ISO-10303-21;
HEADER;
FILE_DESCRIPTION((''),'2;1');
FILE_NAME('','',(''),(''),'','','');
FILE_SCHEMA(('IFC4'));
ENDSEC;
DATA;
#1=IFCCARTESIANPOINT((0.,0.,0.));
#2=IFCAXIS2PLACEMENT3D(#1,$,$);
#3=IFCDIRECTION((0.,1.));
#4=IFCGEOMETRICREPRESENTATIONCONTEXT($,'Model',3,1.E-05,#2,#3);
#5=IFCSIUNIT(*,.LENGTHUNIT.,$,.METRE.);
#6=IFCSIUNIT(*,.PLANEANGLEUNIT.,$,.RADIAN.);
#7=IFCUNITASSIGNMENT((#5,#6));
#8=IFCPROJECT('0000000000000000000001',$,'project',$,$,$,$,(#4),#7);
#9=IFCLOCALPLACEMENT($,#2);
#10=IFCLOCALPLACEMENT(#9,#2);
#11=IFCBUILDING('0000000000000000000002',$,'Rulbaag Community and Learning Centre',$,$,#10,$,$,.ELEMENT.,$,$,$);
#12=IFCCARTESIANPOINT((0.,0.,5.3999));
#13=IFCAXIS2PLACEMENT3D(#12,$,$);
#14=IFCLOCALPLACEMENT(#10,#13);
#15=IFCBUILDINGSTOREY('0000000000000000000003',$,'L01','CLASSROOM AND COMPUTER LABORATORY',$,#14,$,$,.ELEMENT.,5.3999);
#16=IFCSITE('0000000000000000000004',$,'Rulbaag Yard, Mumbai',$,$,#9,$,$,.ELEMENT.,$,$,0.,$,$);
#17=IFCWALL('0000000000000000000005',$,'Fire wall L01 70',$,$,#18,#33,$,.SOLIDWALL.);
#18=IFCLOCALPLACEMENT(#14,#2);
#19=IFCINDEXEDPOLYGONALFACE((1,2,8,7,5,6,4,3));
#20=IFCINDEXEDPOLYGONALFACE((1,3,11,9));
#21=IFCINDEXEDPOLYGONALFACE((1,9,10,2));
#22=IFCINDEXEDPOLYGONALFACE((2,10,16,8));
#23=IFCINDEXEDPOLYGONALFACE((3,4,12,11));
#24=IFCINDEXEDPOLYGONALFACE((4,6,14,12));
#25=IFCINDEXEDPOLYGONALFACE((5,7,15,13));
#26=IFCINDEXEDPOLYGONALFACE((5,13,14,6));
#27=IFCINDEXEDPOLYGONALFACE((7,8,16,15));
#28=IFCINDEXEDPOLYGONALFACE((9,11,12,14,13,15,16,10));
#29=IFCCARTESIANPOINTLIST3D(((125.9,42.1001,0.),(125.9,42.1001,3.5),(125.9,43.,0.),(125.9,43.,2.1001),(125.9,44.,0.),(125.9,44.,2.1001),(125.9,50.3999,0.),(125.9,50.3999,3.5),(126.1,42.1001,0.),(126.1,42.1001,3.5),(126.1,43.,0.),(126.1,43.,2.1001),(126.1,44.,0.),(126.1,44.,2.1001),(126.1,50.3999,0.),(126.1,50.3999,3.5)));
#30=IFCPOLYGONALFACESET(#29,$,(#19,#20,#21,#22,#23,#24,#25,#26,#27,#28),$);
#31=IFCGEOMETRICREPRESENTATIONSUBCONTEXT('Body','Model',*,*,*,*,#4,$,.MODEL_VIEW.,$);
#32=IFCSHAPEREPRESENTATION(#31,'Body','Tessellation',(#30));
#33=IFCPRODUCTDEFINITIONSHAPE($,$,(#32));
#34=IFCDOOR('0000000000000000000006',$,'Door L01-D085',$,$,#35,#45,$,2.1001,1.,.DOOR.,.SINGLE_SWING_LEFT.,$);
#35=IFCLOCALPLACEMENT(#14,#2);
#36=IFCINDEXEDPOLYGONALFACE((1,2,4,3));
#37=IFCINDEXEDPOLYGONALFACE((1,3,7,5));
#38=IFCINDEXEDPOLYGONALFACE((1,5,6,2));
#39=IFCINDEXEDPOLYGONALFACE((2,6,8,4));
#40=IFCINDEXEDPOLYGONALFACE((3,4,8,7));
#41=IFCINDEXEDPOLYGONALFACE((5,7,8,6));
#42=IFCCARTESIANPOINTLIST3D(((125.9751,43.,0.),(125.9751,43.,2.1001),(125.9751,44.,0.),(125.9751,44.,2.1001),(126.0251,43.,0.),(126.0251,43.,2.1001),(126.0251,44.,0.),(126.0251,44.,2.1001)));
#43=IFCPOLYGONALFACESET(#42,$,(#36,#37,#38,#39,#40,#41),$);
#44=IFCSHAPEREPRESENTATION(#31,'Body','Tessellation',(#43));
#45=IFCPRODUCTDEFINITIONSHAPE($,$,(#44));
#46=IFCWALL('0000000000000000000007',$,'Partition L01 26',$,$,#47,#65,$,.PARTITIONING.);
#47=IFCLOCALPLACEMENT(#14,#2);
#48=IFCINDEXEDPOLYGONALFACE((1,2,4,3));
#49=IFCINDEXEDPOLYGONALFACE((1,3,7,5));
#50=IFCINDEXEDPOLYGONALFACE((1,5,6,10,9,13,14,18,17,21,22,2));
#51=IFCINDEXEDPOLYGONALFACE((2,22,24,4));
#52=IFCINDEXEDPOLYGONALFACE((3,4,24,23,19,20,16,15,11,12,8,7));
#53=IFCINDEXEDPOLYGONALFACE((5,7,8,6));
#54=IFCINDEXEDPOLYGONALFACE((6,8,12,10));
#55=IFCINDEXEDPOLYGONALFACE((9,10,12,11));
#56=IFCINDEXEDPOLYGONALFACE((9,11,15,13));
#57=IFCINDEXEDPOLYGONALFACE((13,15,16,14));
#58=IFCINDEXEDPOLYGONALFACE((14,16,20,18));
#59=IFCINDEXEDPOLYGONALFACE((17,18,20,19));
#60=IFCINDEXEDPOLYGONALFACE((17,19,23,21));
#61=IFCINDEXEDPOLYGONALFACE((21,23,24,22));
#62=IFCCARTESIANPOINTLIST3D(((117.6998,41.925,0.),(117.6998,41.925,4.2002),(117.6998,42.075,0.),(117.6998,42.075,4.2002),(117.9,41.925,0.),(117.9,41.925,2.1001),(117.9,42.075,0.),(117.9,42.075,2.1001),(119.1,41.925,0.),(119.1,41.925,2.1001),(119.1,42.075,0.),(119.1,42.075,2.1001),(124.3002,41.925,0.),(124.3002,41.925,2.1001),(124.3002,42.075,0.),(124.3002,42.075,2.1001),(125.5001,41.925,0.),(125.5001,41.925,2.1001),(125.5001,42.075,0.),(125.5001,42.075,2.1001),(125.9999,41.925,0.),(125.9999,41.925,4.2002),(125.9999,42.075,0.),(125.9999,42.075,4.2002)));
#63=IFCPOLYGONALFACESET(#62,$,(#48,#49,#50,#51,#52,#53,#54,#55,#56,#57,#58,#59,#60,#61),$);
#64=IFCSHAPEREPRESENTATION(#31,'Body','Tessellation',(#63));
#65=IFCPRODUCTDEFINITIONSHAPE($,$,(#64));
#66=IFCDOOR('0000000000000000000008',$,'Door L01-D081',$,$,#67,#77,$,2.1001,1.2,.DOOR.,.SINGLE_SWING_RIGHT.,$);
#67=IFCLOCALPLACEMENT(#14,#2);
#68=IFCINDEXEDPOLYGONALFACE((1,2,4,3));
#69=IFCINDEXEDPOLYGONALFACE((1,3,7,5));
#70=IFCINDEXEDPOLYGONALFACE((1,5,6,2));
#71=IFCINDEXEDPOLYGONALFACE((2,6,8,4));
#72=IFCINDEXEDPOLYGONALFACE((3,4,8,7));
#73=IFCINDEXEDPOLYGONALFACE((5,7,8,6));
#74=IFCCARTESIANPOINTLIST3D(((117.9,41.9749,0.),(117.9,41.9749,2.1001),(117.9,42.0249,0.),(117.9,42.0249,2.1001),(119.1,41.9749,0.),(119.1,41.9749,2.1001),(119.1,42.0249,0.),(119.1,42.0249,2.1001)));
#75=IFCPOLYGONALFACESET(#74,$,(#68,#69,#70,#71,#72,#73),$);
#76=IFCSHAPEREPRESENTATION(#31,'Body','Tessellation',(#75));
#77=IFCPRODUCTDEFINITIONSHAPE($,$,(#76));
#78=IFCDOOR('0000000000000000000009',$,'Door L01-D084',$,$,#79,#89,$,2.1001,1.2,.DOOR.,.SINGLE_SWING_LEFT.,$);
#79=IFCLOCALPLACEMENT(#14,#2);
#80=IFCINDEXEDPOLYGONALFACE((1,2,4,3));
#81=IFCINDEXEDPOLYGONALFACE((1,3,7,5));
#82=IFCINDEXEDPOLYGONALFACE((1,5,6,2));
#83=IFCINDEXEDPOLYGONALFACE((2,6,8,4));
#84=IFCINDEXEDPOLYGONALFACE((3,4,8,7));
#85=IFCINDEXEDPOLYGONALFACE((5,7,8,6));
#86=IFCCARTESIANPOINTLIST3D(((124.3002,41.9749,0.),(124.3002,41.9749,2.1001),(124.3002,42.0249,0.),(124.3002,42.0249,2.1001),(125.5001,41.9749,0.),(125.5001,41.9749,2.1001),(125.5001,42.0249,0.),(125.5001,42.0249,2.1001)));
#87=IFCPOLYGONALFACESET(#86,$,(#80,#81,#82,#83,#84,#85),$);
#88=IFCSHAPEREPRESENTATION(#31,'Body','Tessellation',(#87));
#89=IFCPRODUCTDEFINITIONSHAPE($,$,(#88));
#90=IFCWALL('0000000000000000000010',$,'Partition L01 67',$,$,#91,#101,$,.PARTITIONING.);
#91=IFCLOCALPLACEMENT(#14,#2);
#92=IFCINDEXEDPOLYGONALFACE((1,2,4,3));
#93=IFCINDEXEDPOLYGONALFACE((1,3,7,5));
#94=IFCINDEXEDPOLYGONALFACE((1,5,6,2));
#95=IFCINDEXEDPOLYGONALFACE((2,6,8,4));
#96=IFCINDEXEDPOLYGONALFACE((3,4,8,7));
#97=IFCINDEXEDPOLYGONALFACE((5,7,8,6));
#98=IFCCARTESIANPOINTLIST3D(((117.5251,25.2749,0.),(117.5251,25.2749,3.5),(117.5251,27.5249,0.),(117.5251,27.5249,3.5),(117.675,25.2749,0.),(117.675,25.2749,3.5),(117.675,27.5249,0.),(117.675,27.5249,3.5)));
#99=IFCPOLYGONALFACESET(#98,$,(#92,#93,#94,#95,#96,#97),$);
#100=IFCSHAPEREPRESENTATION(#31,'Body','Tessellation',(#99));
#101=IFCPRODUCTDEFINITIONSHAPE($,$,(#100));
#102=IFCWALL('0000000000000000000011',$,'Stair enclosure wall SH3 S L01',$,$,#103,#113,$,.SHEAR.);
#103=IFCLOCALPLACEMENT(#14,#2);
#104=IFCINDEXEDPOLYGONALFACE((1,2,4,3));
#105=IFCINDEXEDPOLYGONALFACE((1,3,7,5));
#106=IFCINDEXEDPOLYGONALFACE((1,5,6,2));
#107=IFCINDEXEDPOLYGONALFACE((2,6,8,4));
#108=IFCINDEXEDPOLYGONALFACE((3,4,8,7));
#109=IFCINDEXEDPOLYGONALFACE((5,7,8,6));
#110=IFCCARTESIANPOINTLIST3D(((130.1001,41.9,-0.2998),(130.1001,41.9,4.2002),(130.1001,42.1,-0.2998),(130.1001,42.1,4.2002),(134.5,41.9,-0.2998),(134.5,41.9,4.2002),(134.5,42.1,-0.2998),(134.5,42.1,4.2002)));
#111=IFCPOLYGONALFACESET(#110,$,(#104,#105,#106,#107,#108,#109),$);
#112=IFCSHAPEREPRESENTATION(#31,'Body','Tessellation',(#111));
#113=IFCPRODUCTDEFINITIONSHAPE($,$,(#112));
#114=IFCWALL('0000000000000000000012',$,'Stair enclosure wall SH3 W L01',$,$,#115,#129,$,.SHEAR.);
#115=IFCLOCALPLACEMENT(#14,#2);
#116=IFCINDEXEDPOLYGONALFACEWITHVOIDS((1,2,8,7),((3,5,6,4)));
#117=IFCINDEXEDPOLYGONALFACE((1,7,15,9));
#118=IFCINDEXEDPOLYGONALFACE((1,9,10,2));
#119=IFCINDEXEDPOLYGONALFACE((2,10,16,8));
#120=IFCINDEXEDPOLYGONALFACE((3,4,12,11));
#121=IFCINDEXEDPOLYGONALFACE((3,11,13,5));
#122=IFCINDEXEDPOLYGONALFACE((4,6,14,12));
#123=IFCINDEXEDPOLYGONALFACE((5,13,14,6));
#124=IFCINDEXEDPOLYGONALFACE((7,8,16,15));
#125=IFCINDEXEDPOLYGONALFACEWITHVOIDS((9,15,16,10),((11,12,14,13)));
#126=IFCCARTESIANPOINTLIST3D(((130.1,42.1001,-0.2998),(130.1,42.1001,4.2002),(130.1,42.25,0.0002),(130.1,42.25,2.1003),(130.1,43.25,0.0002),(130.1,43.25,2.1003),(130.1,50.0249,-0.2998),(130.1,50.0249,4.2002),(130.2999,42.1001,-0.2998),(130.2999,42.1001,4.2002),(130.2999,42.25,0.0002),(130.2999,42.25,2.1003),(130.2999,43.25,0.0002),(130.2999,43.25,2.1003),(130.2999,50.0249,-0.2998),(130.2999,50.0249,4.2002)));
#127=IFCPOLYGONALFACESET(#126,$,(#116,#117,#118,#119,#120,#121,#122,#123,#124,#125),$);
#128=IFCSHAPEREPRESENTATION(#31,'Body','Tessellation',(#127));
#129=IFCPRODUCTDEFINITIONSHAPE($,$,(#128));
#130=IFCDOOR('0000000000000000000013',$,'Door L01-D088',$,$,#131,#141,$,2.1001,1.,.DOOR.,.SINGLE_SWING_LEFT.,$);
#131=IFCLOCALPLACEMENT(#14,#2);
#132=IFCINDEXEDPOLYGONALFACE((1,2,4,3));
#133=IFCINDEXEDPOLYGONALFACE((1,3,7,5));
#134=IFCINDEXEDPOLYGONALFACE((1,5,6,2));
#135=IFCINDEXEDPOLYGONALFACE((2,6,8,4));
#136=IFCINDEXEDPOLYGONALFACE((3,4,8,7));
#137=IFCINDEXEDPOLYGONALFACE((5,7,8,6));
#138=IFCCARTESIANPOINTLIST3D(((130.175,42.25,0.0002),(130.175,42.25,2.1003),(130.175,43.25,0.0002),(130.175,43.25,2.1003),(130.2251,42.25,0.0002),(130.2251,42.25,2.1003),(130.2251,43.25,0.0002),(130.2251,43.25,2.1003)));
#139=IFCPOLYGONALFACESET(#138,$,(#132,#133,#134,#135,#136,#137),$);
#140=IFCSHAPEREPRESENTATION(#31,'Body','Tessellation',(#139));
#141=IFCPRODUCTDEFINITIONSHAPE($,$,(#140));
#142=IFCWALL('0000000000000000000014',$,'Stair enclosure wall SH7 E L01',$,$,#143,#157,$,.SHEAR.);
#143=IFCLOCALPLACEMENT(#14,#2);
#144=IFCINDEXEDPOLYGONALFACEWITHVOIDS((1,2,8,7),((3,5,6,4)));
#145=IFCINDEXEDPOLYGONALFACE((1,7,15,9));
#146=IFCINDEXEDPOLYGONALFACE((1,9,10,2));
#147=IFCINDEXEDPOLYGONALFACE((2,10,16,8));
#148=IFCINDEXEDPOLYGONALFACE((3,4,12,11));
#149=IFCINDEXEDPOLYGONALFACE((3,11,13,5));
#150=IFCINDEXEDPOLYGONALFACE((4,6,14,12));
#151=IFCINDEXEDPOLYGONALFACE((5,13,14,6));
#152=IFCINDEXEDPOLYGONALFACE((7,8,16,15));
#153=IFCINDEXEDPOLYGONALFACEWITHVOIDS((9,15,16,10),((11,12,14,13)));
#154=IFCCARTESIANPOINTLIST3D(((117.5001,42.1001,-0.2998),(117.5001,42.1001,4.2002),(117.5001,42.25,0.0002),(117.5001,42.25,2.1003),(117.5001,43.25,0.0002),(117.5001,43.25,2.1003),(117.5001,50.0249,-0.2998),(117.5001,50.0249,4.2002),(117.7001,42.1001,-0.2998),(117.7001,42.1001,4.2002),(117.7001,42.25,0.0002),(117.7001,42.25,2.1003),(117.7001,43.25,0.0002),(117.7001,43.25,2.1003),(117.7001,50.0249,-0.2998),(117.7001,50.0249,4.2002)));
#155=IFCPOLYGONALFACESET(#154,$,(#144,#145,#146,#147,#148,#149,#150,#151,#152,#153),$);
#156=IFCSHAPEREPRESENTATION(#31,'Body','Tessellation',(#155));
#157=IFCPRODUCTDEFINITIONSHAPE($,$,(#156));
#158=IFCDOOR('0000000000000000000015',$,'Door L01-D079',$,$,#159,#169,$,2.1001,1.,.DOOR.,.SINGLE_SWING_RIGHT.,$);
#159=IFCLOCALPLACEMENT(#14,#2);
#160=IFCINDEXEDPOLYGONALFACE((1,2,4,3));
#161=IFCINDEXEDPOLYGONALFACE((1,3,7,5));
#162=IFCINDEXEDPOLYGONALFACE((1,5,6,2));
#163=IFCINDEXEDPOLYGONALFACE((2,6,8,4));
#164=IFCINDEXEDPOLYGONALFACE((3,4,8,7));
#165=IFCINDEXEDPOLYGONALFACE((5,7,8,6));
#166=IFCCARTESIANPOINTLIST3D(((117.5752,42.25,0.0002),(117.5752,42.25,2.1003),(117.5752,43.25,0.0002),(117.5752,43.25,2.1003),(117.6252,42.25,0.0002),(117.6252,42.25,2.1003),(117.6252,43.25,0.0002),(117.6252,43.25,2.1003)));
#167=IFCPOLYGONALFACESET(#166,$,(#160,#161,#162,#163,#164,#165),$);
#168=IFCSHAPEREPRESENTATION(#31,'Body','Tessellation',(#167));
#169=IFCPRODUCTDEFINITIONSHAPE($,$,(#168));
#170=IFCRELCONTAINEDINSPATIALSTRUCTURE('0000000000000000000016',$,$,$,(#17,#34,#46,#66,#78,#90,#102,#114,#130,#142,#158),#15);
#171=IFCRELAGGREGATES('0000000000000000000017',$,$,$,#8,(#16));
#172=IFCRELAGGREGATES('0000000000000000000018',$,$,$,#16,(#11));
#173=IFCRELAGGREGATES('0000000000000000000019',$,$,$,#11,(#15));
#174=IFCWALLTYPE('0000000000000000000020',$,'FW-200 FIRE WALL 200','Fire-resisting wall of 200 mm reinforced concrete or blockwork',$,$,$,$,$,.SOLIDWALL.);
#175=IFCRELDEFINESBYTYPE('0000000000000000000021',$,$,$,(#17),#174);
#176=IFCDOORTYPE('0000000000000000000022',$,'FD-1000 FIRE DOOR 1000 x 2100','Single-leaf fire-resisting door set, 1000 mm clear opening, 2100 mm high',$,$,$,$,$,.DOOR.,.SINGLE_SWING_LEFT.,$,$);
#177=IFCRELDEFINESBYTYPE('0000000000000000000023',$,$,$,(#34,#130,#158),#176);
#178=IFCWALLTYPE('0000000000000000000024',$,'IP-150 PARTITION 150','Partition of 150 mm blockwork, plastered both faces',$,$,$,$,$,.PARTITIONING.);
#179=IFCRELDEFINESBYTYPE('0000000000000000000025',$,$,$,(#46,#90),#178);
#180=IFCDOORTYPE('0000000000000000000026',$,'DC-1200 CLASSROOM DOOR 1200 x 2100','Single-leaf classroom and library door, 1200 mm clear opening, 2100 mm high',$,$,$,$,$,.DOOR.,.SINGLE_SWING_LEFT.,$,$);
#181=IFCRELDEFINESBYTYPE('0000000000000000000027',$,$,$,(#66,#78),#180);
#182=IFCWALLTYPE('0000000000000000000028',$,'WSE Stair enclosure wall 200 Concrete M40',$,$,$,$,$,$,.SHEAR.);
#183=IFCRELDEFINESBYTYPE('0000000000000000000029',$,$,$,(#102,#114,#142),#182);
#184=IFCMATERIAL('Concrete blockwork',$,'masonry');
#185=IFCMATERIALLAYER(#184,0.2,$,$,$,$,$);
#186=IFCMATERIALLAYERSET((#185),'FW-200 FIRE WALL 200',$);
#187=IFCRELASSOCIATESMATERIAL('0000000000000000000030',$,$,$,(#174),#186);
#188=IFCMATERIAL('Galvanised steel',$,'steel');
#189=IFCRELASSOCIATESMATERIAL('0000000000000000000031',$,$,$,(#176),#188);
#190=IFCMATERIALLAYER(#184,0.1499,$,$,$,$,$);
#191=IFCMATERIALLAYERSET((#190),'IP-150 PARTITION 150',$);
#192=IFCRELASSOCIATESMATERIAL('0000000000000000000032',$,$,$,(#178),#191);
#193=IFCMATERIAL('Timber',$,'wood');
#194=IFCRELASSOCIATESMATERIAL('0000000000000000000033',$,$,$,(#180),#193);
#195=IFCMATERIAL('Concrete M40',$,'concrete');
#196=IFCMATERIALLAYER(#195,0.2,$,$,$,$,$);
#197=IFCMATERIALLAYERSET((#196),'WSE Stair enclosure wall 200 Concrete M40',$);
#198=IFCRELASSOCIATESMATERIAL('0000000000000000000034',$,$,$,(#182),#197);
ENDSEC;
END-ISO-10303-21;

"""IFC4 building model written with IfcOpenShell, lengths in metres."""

from ifc_helpers import new_model, si_unit, direction, frame, frame_2d, origin, place, context, subcontext, project, spatial, rectangle, extrude, material, layer, layer_set, type_object, element, fill, save


model = new_model("IFC4")

# Units and contexts
model_context = context("Model", 3, precision=1e-05, world=origin(), true_north=direction((0.0, 1.0)))
body_context = subcontext(model_context, "Body", "Model", "MODEL_VIEW")
ifc_project = project(units=[si_unit("LENGTHUNIT", "METRE"), si_unit("PLANEANGLEUNIT", "RADIAN")], contexts=[model_context])

# Site, building, storey
site_placement = place(None, origin())
site = spatial("IfcSite", under=ifc_project, at=site_placement, Name="Rulbaag Yard, Mumbai", CompositionType="ELEMENT", RefElevation=0.0)
building_placement = place(site_placement, origin())
building = spatial("IfcBuilding", under=site, at=building_placement, Name="Rulbaag Community and Learning Centre", CompositionType="ELEMENT")
storey_placement = place(building_placement, frame((0.0, 0.0, 5.3999)))
storey = spatial("IfcBuildingStorey", under=building, at=storey_placement, Name="L01", Description="CLASSROOM AND COMPUTER LABORATORY", CompositionType="ELEMENT", Elevation=5.3999)

# Shared definitions
ifc_material_1 = material(Name="Concrete M40", Category="concrete")

# Shared definitions
ifc_material_2 = material(Name="Concrete blockwork", Category="masonry")
ifc_layer_1 = layer(ifc_material_2, 0.2)
ifc_layer_set_1 = layer_set([ifc_layer_1], Name="FW-200 FIRE WALL 200")
wall_type_1 = type_object("IfcWallType", Name="FW-200 FIRE WALL 200", Description="Fire-resisting wall of 200 mm reinforced concrete or blockwork", PredefinedType="SOLIDWALL", material=ifc_layer_set_1)

# Wall, opening, door
wall_1_placement = place(storey_placement, frame((126.0, 42.1001, 0.0), z_axis=(0.0, 0.0, 1.0), x_axis=(0.0, 1.0, 0.0)))
wall_1 = element("IfcWall", 1, at=wall_1_placement, inside=storey, type_object=wall_type_1, Name="Fire wall L01 70", PredefinedType="SOLIDWALL", context=body_context, shape_type="SweptSolid", body=[
    extrude(rectangle(XDim=8.2998, YDim=0.2, at=frame_2d((4.1499, 0.0))), origin(), (0.0, 0.0, 1.0), 3.5),
])
opening_1_placement = place(wall_1_placement, frame((0.8999, 0.0, 0.0)))
opening_1 = element("IfcOpeningElement", 2, at=opening_1_placement, cuts=wall_1, PredefinedType="OPENING", context=body_context, shape_type="SweptSolid", body=[
    extrude(rectangle(XDim=1.0, YDim=2.1001, at=frame_2d((0.5, 1.05))), frame((0.0, 0.1099, 0.0), z_axis=(0.0, -1.0, 0.0), x_axis=(1.0, 0.0, 0.0)), (0.0, 0.0, 1.0), 0.22),
])
ifc_material_3 = material(Name="Galvanised steel", Category="steel")
door_type_1 = type_object("IfcDoorType", Name="FD-1000 FIRE DOOR 1000 x 2100", Description="Single-leaf fire-resisting door set, 1000 mm clear opening, 2100 mm high", OperationType="SINGLE_SWING_LEFT", PredefinedType="DOOR", material=ifc_material_3)
door_1_placement = place(opening_1_placement, origin())
door_1 = element("IfcDoor", 3, at=door_1_placement, inside=storey, type_object=door_type_1, Name="Door L01-D085", OperationType="SINGLE_SWING_LEFT", OverallHeight=2.1001, OverallWidth=1.0, PredefinedType="DOOR", context=body_context, shape_type="SweptSolid", body=[
    extrude(rectangle(XDim=1.0, YDim=2.1001, at=frame_2d((0.5, 1.05))), frame((0.0, 0.0249, 0.0), z_axis=(0.0, -1.0, 0.0), x_axis=(1.0, 0.0, 0.0)), (0.0, 0.0, 1.0), 0.05),
])
fill(opening_1, door_1)

# Wall, openings, doors
ifc_layer_2 = layer(ifc_material_2, 0.1499)
ifc_layer_set_2 = layer_set([ifc_layer_2], Name="IP-150 PARTITION 150")
wall_type_2 = type_object("IfcWallType", Name="IP-150 PARTITION 150", Description="Partition of 150 mm blockwork, plastered both faces", PredefinedType="PARTITIONING", material=ifc_layer_set_2)
wall_2_placement = place(storey_placement, frame((117.7, 42.0, 0.0), z_axis=(0.0, 0.0, 1.0), x_axis=(1.0, 0.0, 0.0)))
wall_2 = element("IfcWall", 4, at=wall_2_placement, inside=storey, type_object=wall_type_2, Name="Partition L01 26", PredefinedType="PARTITIONING", context=body_context, shape_type="SweptSolid", body=[
    extrude(rectangle(XDim=8.3, YDim=0.1499, at=frame_2d((4.1499, 0.0))), origin(), (0.0, 0.0, 1.0), 4.2002),
])
opening_2_placement = place(wall_2_placement, frame((0.2, 0.0, 0.0)))
opening_2 = element("IfcOpeningElement", 5, at=opening_2_placement, cuts=wall_2, PredefinedType="OPENING", context=body_context, shape_type="SweptSolid", body=[
    extrude(rectangle(XDim=1.2, YDim=2.1001, at=frame_2d((0.6001, 1.05))), frame((0.0, 0.085, 0.0), z_axis=(0.0, -1.0, 0.0), x_axis=(1.0, 0.0, 0.0)), (0.0, 0.0, 1.0), 0.1699),
])
opening_3_placement = place(wall_2_placement, frame((6.6001, 0.0, 0.0)))
opening_3 = element("IfcOpeningElement", 6, at=opening_3_placement, cuts=wall_2, PredefinedType="OPENING", context=body_context, shape_type="SweptSolid", body=[
    extrude(rectangle(XDim=1.2, YDim=2.1001, at=frame_2d((0.6001, 1.05))), frame((0.0, 0.085, 0.0), z_axis=(0.0, -1.0, 0.0), x_axis=(1.0, 0.0, 0.0)), (0.0, 0.0, 1.0), 0.1699),
])
ifc_material_4 = material(Name="Timber", Category="wood")
door_type_2 = type_object("IfcDoorType", Name="DC-1200 CLASSROOM DOOR 1200 x 2100", Description="Single-leaf classroom and library door, 1200 mm clear opening, 2100 mm high", OperationType="SINGLE_SWING_LEFT", PredefinedType="DOOR", material=ifc_material_4)
door_2_placement = place(opening_2_placement, origin())
door_2 = element("IfcDoor", 7, at=door_2_placement, inside=storey, type_object=door_type_2, Name="Door L01-D081", OperationType="SINGLE_SWING_RIGHT", OverallHeight=2.1001, OverallWidth=1.2, PredefinedType="DOOR", context=body_context, shape_type="SweptSolid", body=[
    extrude(rectangle(XDim=1.2, YDim=2.1001, at=frame_2d((0.6001, 1.05))), frame((0.0, 0.0249, 0.0), z_axis=(0.0, -1.0, 0.0), x_axis=(1.0, 0.0, 0.0)), (0.0, 0.0, 1.0), 0.05),
])
fill(opening_2, door_2)
door_3_placement = place(opening_3_placement, origin())
door_3 = element("IfcDoor", 8, at=door_3_placement, inside=storey, type_object=door_type_2, Name="Door L01-D084", OperationType="SINGLE_SWING_LEFT", OverallHeight=2.1001, OverallWidth=1.2, PredefinedType="DOOR", context=body_context, shape_type="SweptSolid", body=[
    extrude(rectangle(XDim=1.2, YDim=2.1001, at=frame_2d((0.6001, 1.05))), frame((0.0, 0.0249, 0.0), z_axis=(0.0, -1.0, 0.0), x_axis=(1.0, 0.0, 0.0)), (0.0, 0.0, 1.0), 0.05),
])
fill(opening_3, door_3)

# Walls
wall_3_placement = place(storey_placement, frame((117.6001, 25.2749, 0.0), z_axis=(0.0, 0.0, 1.0), x_axis=(0.0, 1.0, 0.0)))
element("IfcWall", 9, at=wall_3_placement, inside=storey, type_object=wall_type_2, Name="Partition L01 67", PredefinedType="PARTITIONING", context=body_context, shape_type="SweptSolid", body=[
    extrude(rectangle(XDim=2.25, YDim=0.1499, at=frame_2d((1.125, 0.0))), origin(), (0.0, 0.0, 1.0), 3.5),
])
ifc_layer_3 = layer(ifc_material_1, 0.2)
ifc_layer_set_3 = layer_set([ifc_layer_3], Name="WSE Stair enclosure wall 200 Concrete M40")
wall_type_3 = type_object("IfcWallType", Name="WSE Stair enclosure wall 200 Concrete M40", PredefinedType="SHEAR", material=ifc_layer_set_3)
wall_4_placement = place(storey_placement, frame((130.1001, 42.0, -0.2998), z_axis=(0.0, 0.0, 1.0), x_axis=(1.0, 0.0, 0.0)))
element("IfcWall", 10, at=wall_4_placement, inside=storey, type_object=wall_type_3, Name="Stair enclosure wall SH3 S L01", PredefinedType="SHEAR", context=body_context, shape_type="SweptSolid", body=[
    extrude(rectangle(XDim=4.3999, YDim=0.2, at=frame_2d((2.2, 0.0))), origin(), (0.0, 0.0, 1.0), 4.5),
])

# Walls, openings, doors
wall_5_placement = place(storey_placement, frame((130.2, 42.1001, -0.2998), z_axis=(0.0, 0.0, 1.0), x_axis=(0.0, 1.0, 0.0)))
wall_5 = element("IfcWall", 11, at=wall_5_placement, inside=storey, type_object=wall_type_3, Name="Stair enclosure wall SH3 W L01", PredefinedType="SHEAR", context=body_context, shape_type="SweptSolid", body=[
    extrude(rectangle(XDim=7.9248, YDim=0.2, at=frame_2d((3.9624, 0.0))), origin(), (0.0, 0.0, 1.0), 4.5),
])
opening_4_placement = place(wall_5_placement, frame((0.1499, 0.0, 0.3)))
opening_4 = element("IfcOpeningElement", 12, at=opening_4_placement, cuts=wall_5, PredefinedType="OPENING", context=body_context, shape_type="SweptSolid", body=[
    extrude(rectangle(XDim=1.0, YDim=2.1001, at=frame_2d((0.5, 1.05))), frame((0.0, 0.1099, 0.0), z_axis=(0.0, -1.0, 0.0), x_axis=(1.0, 0.0, 0.0)), (0.0, 0.0, 1.0), 0.22),
])
door_4_placement = place(opening_4_placement, origin())
door_4 = element("IfcDoor", 13, at=door_4_placement, inside=storey, type_object=door_type_1, Name="Door L01-D088", OperationType="SINGLE_SWING_LEFT", OverallHeight=2.1001, OverallWidth=1.0, PredefinedType="DOOR", context=body_context, shape_type="SweptSolid", body=[
    extrude(rectangle(XDim=1.0, YDim=2.1001, at=frame_2d((0.5, 1.05))), frame((0.0, 0.0249, 0.0), z_axis=(0.0, -1.0, 0.0), x_axis=(1.0, 0.0, 0.0)), (0.0, 0.0, 1.0), 0.05),
])
fill(opening_4, door_4)
wall_6_placement = place(storey_placement, frame((117.6001, 42.1001, -0.2998), z_axis=(0.0, 0.0, 1.0), x_axis=(0.0, 1.0, 0.0)))
wall_6 = element("IfcWall", 14, at=wall_6_placement, inside=storey, type_object=wall_type_3, Name="Stair enclosure wall SH7 E L01", PredefinedType="SHEAR", context=body_context, shape_type="SweptSolid", body=[
    extrude(rectangle(XDim=7.9248, YDim=0.2, at=frame_2d((3.9624, 0.0))), origin(), (0.0, 0.0, 1.0), 4.5),
])
opening_5_placement = place(wall_6_placement, frame((0.1499, 0.0, 0.3)))
opening_5 = element("IfcOpeningElement", 15, at=opening_5_placement, cuts=wall_6, PredefinedType="OPENING", context=body_context, shape_type="SweptSolid", body=[
    extrude(rectangle(XDim=1.0, YDim=2.1001, at=frame_2d((0.5, 1.05))), frame((0.0, 0.1099, 0.0), z_axis=(0.0, -1.0, 0.0), x_axis=(1.0, 0.0, 0.0)), (0.0, 0.0, 1.0), 0.22),
])
door_5_placement = place(opening_5_placement, origin())
door_5 = element("IfcDoor", 16, at=door_5_placement, inside=storey, type_object=door_type_1, Name="Door L01-D079", OperationType="SINGLE_SWING_RIGHT", OverallHeight=2.1001, OverallWidth=1.0, PredefinedType="DOOR", context=body_context, shape_type="SweptSolid", body=[
    extrude(rectangle(XDim=1.0, YDim=2.1001, at=frame_2d((0.5, 1.05))), frame((0.0, 0.0249, 0.0), z_axis=(0.0, -1.0, 0.0), x_axis=(1.0, 0.0, 0.0)), (0.0, 0.0, 1.0), 0.05),
])
fill(opening_5, door_5)

save(model, "model.ifc")
